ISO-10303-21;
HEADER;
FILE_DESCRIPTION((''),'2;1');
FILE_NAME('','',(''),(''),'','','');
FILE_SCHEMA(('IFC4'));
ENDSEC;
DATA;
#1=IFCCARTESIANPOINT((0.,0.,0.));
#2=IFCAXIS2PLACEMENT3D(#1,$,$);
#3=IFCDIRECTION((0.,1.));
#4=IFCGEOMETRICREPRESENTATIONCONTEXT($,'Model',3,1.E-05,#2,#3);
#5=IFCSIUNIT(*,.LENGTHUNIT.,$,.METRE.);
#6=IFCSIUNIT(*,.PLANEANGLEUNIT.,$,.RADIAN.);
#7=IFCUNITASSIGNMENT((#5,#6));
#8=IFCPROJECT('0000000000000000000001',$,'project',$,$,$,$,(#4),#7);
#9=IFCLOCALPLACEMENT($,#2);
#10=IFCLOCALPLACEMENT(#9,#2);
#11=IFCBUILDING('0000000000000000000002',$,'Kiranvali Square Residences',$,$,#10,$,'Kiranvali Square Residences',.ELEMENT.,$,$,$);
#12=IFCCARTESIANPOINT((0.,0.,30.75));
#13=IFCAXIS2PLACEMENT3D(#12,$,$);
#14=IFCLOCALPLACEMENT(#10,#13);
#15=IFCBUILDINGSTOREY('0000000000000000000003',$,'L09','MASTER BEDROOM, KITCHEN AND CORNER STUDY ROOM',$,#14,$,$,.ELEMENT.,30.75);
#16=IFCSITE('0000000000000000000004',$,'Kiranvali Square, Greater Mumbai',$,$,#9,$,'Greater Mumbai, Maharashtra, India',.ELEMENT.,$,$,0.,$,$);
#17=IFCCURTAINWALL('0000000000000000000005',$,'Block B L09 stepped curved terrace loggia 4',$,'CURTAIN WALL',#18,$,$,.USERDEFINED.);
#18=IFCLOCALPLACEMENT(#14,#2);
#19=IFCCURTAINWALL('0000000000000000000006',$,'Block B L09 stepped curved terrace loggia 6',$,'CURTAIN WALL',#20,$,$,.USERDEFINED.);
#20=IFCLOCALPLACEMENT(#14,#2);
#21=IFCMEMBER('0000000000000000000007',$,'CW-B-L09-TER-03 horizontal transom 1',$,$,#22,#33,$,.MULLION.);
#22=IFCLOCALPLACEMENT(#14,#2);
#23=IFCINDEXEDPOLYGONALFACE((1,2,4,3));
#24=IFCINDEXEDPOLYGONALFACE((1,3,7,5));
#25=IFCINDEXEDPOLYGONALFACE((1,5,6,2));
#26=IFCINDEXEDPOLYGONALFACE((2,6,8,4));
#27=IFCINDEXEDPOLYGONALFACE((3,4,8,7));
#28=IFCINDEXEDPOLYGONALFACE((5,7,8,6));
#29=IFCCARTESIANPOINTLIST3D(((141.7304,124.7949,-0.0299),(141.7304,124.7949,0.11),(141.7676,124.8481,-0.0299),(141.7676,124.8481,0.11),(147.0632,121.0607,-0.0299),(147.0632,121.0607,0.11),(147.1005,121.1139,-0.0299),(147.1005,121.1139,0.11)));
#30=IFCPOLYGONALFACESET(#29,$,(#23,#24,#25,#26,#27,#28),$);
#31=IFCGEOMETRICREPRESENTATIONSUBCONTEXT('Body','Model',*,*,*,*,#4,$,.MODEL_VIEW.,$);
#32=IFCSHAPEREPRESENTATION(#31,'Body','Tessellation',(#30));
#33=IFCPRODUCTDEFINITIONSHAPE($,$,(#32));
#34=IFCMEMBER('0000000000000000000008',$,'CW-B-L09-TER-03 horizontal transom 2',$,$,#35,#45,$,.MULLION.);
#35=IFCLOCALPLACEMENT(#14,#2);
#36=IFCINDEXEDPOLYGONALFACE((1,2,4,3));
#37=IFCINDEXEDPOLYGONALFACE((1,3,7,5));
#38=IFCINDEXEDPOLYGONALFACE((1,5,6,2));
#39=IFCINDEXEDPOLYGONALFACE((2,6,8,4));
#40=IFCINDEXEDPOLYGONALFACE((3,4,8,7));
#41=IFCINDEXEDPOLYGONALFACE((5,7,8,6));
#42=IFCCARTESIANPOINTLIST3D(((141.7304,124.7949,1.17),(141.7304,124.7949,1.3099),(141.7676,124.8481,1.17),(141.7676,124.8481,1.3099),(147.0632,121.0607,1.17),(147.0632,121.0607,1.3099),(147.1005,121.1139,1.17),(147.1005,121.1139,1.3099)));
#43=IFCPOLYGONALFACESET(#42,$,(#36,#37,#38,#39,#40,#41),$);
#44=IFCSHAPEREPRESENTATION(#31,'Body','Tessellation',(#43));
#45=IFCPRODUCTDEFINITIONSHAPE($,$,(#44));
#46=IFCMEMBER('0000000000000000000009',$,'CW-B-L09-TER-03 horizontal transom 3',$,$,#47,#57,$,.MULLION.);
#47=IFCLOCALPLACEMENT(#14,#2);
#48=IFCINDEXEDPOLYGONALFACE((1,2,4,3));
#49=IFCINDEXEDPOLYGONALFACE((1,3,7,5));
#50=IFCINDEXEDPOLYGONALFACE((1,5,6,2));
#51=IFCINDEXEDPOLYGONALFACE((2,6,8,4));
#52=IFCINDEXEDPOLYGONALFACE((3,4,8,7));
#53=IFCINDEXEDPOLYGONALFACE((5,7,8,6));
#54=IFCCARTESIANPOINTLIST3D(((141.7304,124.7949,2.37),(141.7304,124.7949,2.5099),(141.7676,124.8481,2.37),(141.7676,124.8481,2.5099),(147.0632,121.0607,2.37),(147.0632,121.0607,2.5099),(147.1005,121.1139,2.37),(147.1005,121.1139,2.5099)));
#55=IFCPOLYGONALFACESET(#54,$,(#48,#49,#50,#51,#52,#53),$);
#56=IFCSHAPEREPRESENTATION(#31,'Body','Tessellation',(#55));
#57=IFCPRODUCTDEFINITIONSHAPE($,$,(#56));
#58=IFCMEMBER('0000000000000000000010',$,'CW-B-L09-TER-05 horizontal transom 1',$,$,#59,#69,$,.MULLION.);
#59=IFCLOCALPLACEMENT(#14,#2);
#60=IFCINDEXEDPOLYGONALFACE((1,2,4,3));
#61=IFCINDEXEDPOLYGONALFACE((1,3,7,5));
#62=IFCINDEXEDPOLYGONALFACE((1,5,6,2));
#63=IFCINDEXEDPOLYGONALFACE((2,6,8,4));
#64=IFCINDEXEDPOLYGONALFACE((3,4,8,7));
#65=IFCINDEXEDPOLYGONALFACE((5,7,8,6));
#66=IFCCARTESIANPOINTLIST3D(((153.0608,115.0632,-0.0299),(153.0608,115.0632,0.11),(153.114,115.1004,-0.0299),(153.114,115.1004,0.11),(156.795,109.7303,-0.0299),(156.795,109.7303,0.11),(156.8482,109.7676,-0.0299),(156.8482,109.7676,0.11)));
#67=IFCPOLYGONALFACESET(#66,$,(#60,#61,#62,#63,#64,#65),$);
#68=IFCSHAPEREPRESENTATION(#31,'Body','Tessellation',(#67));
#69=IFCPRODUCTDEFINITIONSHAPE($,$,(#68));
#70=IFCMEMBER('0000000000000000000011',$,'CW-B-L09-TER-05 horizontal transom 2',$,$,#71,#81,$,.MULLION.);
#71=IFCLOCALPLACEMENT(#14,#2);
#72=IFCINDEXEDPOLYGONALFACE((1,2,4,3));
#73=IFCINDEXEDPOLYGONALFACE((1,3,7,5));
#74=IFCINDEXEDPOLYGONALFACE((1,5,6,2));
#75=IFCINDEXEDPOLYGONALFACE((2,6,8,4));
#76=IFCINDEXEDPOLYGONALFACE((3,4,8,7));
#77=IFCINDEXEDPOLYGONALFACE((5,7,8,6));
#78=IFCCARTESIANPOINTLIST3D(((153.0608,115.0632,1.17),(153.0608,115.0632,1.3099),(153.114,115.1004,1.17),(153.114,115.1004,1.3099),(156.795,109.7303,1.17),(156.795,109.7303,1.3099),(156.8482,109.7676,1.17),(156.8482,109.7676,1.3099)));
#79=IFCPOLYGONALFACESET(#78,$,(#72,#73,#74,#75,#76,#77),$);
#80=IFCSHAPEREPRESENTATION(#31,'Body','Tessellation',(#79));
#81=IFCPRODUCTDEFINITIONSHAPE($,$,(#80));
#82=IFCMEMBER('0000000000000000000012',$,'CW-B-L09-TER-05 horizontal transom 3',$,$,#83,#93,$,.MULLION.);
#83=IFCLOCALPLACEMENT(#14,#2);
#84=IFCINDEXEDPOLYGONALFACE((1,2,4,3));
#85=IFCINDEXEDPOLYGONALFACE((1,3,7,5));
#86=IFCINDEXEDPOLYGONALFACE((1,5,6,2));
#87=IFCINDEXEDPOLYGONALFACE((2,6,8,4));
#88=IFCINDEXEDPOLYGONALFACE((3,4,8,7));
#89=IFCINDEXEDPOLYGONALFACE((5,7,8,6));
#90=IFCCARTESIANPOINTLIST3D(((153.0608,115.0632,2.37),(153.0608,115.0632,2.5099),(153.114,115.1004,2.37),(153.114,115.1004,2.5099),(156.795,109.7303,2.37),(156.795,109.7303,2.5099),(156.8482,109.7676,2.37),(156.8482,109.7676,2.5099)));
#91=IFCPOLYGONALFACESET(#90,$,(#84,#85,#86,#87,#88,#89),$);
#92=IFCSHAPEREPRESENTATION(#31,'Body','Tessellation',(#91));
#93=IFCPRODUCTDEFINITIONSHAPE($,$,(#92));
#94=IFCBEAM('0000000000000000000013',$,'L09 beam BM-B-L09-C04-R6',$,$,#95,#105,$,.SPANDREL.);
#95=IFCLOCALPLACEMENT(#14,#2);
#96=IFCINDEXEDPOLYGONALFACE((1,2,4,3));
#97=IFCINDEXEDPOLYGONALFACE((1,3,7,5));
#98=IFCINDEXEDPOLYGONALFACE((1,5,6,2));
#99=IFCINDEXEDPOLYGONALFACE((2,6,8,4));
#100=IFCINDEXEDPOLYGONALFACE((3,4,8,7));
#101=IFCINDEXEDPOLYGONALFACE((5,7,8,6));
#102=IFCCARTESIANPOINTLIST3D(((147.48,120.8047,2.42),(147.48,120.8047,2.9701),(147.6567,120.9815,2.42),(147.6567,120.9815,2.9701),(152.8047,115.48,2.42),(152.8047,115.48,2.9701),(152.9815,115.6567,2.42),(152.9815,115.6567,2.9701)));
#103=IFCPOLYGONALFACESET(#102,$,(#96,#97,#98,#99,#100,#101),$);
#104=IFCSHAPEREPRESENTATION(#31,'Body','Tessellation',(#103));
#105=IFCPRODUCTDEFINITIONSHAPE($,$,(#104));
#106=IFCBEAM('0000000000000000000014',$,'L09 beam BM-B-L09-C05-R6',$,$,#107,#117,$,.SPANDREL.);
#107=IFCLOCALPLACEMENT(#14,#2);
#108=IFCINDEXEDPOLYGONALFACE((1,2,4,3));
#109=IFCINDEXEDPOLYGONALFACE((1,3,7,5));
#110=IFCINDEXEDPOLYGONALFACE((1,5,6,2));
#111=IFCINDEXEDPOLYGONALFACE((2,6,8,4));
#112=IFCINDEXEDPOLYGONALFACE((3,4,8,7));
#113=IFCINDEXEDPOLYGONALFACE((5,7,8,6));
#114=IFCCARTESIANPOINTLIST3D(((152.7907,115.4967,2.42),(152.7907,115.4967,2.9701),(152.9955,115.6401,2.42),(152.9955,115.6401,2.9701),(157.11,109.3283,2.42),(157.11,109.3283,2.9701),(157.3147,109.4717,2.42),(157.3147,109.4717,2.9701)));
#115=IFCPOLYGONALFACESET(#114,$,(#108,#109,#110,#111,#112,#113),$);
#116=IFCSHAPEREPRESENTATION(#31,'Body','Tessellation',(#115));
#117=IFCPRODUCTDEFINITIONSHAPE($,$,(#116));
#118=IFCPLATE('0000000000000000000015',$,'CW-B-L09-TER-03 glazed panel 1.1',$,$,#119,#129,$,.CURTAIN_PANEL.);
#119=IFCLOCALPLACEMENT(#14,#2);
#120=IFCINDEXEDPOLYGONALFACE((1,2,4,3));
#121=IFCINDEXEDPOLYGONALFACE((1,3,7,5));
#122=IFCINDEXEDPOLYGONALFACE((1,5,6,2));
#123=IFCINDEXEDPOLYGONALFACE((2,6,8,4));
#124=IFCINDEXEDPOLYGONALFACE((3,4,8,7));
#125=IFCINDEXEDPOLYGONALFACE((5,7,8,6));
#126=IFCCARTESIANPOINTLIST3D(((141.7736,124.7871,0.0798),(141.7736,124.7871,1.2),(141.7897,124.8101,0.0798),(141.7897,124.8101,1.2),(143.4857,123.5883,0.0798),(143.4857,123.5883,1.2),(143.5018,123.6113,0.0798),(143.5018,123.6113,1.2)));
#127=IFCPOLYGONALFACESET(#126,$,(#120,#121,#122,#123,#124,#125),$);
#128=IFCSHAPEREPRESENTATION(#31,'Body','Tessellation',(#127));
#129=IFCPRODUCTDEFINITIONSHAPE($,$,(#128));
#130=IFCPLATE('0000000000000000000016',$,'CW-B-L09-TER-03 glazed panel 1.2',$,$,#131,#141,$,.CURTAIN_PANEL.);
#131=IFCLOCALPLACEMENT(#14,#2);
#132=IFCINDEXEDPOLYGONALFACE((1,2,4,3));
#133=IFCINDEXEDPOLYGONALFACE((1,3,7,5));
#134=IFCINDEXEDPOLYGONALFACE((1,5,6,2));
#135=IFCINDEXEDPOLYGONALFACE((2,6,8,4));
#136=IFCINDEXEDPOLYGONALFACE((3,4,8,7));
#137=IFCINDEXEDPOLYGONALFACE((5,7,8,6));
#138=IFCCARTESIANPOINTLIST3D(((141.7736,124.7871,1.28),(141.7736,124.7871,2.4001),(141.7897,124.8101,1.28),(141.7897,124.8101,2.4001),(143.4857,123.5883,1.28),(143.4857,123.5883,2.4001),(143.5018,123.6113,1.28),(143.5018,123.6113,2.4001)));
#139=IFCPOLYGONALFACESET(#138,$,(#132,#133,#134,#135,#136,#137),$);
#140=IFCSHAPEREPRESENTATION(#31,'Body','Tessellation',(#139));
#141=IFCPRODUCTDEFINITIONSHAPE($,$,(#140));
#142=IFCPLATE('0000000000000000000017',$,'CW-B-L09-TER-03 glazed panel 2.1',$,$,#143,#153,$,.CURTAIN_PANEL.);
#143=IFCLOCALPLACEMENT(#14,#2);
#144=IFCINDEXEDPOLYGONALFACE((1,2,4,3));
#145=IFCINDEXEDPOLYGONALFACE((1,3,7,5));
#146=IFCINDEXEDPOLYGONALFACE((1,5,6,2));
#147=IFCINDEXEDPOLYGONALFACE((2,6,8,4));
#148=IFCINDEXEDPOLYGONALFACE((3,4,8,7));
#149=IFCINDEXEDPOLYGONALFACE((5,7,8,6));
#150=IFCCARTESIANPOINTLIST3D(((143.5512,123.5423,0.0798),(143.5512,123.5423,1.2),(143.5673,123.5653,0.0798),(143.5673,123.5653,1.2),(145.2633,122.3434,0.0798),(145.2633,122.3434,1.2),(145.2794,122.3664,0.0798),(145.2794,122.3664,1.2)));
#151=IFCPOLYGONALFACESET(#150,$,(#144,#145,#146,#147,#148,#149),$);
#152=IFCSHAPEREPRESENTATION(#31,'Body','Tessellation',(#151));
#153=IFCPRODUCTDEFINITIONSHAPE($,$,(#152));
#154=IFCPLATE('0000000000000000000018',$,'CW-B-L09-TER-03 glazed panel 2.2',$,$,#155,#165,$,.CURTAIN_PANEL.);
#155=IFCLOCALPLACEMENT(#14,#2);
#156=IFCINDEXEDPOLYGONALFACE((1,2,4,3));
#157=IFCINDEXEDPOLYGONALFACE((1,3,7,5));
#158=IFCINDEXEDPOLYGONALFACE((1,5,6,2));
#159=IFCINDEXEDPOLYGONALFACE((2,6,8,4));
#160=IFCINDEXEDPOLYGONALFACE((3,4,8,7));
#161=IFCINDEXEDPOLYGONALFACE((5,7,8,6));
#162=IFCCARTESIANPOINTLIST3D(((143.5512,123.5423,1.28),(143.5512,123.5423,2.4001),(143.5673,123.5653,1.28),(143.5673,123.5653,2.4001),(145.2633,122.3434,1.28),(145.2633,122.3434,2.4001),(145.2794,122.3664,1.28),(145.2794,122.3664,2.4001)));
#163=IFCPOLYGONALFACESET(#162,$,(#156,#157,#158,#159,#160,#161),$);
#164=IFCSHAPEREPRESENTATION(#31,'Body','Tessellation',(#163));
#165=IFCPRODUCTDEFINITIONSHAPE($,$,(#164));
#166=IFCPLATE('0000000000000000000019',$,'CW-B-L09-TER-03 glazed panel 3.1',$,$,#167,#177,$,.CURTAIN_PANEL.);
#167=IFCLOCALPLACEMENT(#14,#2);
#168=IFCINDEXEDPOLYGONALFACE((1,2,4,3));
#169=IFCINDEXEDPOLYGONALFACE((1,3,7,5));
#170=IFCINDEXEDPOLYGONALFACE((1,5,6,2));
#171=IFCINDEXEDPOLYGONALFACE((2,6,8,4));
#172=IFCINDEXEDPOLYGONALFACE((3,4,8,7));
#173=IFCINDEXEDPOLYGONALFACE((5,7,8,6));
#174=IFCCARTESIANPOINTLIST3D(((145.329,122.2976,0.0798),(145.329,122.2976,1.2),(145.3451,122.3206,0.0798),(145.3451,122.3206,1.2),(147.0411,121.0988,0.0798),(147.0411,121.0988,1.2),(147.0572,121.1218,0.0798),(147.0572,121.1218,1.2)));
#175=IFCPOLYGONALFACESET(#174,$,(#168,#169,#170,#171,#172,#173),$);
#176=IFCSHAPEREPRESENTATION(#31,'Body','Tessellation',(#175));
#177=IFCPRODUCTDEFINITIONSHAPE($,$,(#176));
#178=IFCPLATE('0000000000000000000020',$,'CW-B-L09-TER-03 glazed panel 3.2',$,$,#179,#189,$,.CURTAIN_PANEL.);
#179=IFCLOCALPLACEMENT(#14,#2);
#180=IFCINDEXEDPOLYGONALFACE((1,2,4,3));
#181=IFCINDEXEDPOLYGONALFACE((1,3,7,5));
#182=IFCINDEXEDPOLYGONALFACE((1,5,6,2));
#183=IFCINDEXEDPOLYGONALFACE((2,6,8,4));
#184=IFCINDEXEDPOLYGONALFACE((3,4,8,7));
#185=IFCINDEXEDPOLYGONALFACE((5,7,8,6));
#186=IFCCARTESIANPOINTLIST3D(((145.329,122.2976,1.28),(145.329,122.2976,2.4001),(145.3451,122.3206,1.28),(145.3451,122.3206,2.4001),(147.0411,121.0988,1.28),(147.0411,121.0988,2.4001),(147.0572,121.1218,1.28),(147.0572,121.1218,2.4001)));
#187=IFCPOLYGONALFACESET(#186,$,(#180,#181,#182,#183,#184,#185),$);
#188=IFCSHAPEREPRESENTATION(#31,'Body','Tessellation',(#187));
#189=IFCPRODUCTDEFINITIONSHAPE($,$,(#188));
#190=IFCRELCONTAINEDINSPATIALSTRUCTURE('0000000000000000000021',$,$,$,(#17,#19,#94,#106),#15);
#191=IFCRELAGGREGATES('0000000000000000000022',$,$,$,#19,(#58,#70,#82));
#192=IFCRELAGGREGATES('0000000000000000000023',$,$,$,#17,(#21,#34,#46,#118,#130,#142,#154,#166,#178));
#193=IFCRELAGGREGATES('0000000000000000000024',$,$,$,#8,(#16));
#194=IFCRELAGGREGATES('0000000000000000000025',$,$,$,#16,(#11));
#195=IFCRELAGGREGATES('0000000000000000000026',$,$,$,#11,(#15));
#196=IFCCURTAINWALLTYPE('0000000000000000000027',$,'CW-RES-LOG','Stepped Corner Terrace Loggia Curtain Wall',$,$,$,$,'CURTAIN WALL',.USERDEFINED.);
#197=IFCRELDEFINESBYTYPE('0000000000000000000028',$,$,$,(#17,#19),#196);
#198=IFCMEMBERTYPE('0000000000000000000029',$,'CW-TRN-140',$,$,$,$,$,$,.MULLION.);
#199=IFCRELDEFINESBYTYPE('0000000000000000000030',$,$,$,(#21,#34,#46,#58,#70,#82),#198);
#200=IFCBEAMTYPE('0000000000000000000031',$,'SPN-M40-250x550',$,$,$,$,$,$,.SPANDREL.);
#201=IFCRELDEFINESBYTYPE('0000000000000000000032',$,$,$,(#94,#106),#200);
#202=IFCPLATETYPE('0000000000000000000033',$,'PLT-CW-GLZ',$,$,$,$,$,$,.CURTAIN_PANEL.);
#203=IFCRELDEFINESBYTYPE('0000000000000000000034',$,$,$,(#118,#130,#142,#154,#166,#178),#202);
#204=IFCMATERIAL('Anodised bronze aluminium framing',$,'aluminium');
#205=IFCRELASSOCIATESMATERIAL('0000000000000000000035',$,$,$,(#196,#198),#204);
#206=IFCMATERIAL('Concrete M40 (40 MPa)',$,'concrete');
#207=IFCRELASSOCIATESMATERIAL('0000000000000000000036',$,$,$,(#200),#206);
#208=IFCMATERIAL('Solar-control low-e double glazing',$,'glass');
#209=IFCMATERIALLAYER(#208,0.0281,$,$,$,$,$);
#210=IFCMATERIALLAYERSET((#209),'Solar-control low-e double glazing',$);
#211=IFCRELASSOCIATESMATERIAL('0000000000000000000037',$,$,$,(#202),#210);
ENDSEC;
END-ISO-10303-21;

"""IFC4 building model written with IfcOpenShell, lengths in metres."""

from ifc_helpers import new_model, si_unit, direction, frame, origin, origin_2d, place, context, subcontext, project, spatial, rectangle, extrude, material, layer, layer_set, material_profile, profile_set, type_object, element, aggregate, save


model = new_model("IFC4")

# Units and contexts
model_context = context("Model", 3, precision=1e-05, world=origin(), true_north=direction((0.0, 1.0)))
body_context = subcontext(model_context, "Body", "Model", "MODEL_VIEW")
ifc_project = project(units=[si_unit("LENGTHUNIT", "METRE"), si_unit("PLANEANGLEUNIT", "RADIAN")], contexts=[model_context])

# Site, building, storey
site_placement = place(None, origin())
site = spatial("IfcSite", under=ifc_project, at=site_placement, Name="Kiranvali Square, Greater Mumbai", LongName="Greater Mumbai, Maharashtra, India", CompositionType="ELEMENT", RefElevation=0.0)
building_placement = place(site_placement, origin())
building = spatial("IfcBuilding", under=site, at=building_placement, Name="Kiranvali Square Residences", LongName="Kiranvali Square Residences", CompositionType="ELEMENT")
storey_placement = place(building_placement, frame((0.0, 0.0, 30.75)))
storey = spatial("IfcBuildingStorey", under=building, at=storey_placement, Name="L09", Description="MASTER BEDROOM, KITCHEN AND CORNER STUDY ROOM", CompositionType="ELEMENT", Elevation=30.75)

# Shared definitions
ifc_material_1 = material(Name="Concrete M40 (40 MPa)", Category="concrete")

# Curtain wall
ifc_material_2 = material(Name="Anodised bronze aluminium framing", Category="aluminium")
curtain_wall_type = type_object("IfcCurtainWallType", Name="CW-RES-LOG", Description="Stepped Corner Terrace Loggia Curtain Wall", ElementType="CURTAIN WALL", PredefinedType="USERDEFINED", material=ifc_material_2)
curtain_wall_1_placement = place(storey_placement, origin())
curtain_wall_1 = element("IfcCurtainWall", 1, at=curtain_wall_1_placement, inside=storey, type_object=curtain_wall_type, Name="Block B L09 stepped curved terrace loggia 4", ObjectType="CURTAIN WALL", PredefinedType="USERDEFINED")

# Curtain wall
curtain_wall_2_placement = place(storey_placement, origin())
curtain_wall_2 = element("IfcCurtainWall", 2, at=curtain_wall_2_placement, inside=storey, type_object=curtain_wall_type, Name="Block B L09 stepped curved terrace loggia 6", ObjectType="CURTAIN WALL", PredefinedType="USERDEFINED")

# Members
ifc_material_profile_1 = material_profile(ifc_material_2, rectangle(XDim=0.0649, YDim=0.1399, at=origin_2d()), Name="ALU 65x140")
ifc_profile_set_1 = profile_set([ifc_material_profile_1], Name="Anodised bronze aluminium framing")
member_type_1 = type_object("IfcMemberType", Name="CW-TRN-140", PredefinedType="MULLION", material=ifc_profile_set_1)
member_1_placement = place(storey_placement, frame((141.749, 124.8215, 0.04), z_axis=(0.819146, -0.573586, 0.0), x_axis=(0.573586, 0.819146, 0.0)))
member_1 = element("IfcMember", 3, at=member_1_placement, type_object=member_type_1, Name="CW-B-L09-TER-03 horizontal transom 1", PredefinedType="MULLION", context=body_context, shape_type="SweptSolid", body=[
    extrude(rectangle(XDim=0.0649, YDim=0.1399, at=origin_2d()), origin(), (0.0, 0.0, 1.0), 6.5103),
])
member_2_placement = place(storey_placement, frame((141.749, 124.8215, 1.24), z_axis=(0.819146, -0.573586, 0.0), x_axis=(0.573586, 0.819146, 0.0)))
member_2 = element("IfcMember", 4, at=member_2_placement, type_object=member_type_1, Name="CW-B-L09-TER-03 horizontal transom 2", PredefinedType="MULLION", context=body_context, shape_type="SweptSolid", body=[
    extrude(rectangle(XDim=0.0649, YDim=0.1399, at=origin_2d()), origin(), (0.0, 0.0, 1.0), 6.5103),
])
member_3_placement = place(storey_placement, frame((141.749, 124.8215, 2.4399), z_axis=(0.819146, -0.573586, 0.0), x_axis=(0.573586, 0.819146, 0.0)))
member_3 = element("IfcMember", 5, at=member_3_placement, type_object=member_type_1, Name="CW-B-L09-TER-03 horizontal transom 3", PredefinedType="MULLION", context=body_context, shape_type="SweptSolid", body=[
    extrude(rectangle(XDim=0.0649, YDim=0.1399, at=origin_2d()), origin(), (0.0, 0.0, 1.0), 6.5103),
])
member_4_placement = place(storey_placement, frame((153.0874, 115.0818, 0.04), z_axis=(0.573586, -0.819146, 0.0), x_axis=(0.819146, 0.573586, 0.0)))
member_4 = element("IfcMember", 6, at=member_4_placement, type_object=member_type_1, Name="CW-B-L09-TER-05 horizontal transom 1", PredefinedType="MULLION", context=body_context, shape_type="SweptSolid", body=[
    extrude(rectangle(XDim=0.0649, YDim=0.1399, at=origin_2d()), origin(), (0.0, 0.0, 1.0), 6.5103),
])
member_5_placement = place(storey_placement, frame((153.0874, 115.0818, 1.24), z_axis=(0.573586, -0.819146, 0.0), x_axis=(0.819146, 0.573586, 0.0)))
member_5 = element("IfcMember", 7, at=member_5_placement, type_object=member_type_1, Name="CW-B-L09-TER-05 horizontal transom 2", PredefinedType="MULLION", context=body_context, shape_type="SweptSolid", body=[
    extrude(rectangle(XDim=0.0649, YDim=0.1399, at=origin_2d()), origin(), (0.0, 0.0, 1.0), 6.5103),
])
member_6_placement = place(storey_placement, frame((153.0874, 115.0818, 2.4399), z_axis=(0.573586, -0.819146, 0.0), x_axis=(0.819146, 0.573586, 0.0)))
member_6 = element("IfcMember", 8, at=member_6_placement, type_object=member_type_1, Name="CW-B-L09-TER-05 horizontal transom 3", PredefinedType="MULLION", context=body_context, shape_type="SweptSolid", body=[
    extrude(rectangle(XDim=0.0649, YDim=0.1399, at=origin_2d()), origin(), (0.0, 0.0, 1.0), 6.5103),
])
aggregate(curtain_wall_2, [member_4, member_5, member_6])

# Beams
ifc_material_profile_2 = material_profile(ifc_material_1, rectangle(XDim=0.25, YDim=0.55, at=origin_2d()), Name="RC 250x550")
ifc_profile_set_2 = profile_set([ifc_material_profile_2], Name="Concrete M40 (40 MPa)")
beam_type_1 = type_object("IfcBeamType", Name="SPN-M40-250x550", PredefinedType="SPANDREL", material=ifc_profile_set_2)
for number, where, z_axis, x_axis, name in (
    (9, (147.5684, 120.8931, 2.6951), (0.707107, -0.707107, 0.0), (0.707107, 0.707107, 0.0), "L09 beam BM-B-L09-C04-R6"),
    (10, (152.8931, 115.5684, 2.6951), (0.573589, -0.819144, 0.0), (0.819144, 0.573589, 0.0), "L09 beam BM-B-L09-C05-R6"),
):
    element("IfcBeam", number, at=place(storey_placement, frame(where, z_axis=z_axis, x_axis=x_axis)), inside=storey, type_object=beam_type_1, Name=name, PredefinedType="SPANDREL", context=body_context, shape_type="SweptSolid", body=[
        extrude(rectangle(XDim=0.25, YDim=0.55, at=origin_2d()), origin(), (0.0, 0.0, 1.0), 7.5303),
    ])

# Plates
ifc_material_3 = material(Name="Solar-control low-e double glazing", Category="glass")
ifc_layer_1 = layer(ifc_material_3, 0.0281)
ifc_layer_set_1 = layer_set([ifc_layer_1], Name="Solar-control low-e double glazing")
plate_type = type_object("IfcPlateType", Name="PLT-CW-GLZ", PredefinedType="CURTAIN_PANEL", material=ifc_layer_set_1)
plate_1_placement = place(storey_placement, frame((142.6377, 124.1992, 0.0798), z_axis=(0.0, 0.0, 1.0), x_axis=(0.819152, -0.573576, 0.0)))
plate_1 = element("IfcPlate", 11, at=plate_1_placement, type_object=plate_type, Name="CW-B-L09-TER-03 glazed panel 1.1", PredefinedType="CURTAIN_PANEL", context=body_context, shape_type="SweptSolid", body=[
    extrude(rectangle(XDim=2.0901, YDim=0.0281, at=origin_2d()), origin(), (0.0, 0.0, 1.0), 1.1201),
])
plate_2_placement = place(storey_placement, frame((142.6377, 124.1992, 1.28), z_axis=(0.0, 0.0, 1.0), x_axis=(0.819152, -0.573576, 0.0)))
plate_2 = element("IfcPlate", 12, at=plate_2_placement, type_object=plate_type, Name="CW-B-L09-TER-03 glazed panel 1.2", PredefinedType="CURTAIN_PANEL", context=body_context, shape_type="SweptSolid", body=[
    extrude(rectangle(XDim=2.0901, YDim=0.0281, at=origin_2d()), origin(), (0.0, 0.0, 1.0), 1.1201),
])
plate_3_placement = place(storey_placement, frame((144.4153, 122.9543, 0.0798), z_axis=(0.0, 0.0, 1.0), x_axis=(0.819152, -0.573576, 0.0)))
plate_3 = element("IfcPlate", 13, at=plate_3_placement, type_object=plate_type, Name="CW-B-L09-TER-03 glazed panel 2.1", PredefinedType="CURTAIN_PANEL", context=body_context, shape_type="SweptSolid", body=[
    extrude(rectangle(XDim=2.0901, YDim=0.0281, at=origin_2d()), origin(), (0.0, 0.0, 1.0), 1.1201),
])
plate_4_placement = place(storey_placement, frame((144.4153, 122.9543, 1.28), z_axis=(0.0, 0.0, 1.0), x_axis=(0.819152, -0.573576, 0.0)))
plate_4 = element("IfcPlate", 14, at=plate_4_placement, type_object=plate_type, Name="CW-B-L09-TER-03 glazed panel 2.2", PredefinedType="CURTAIN_PANEL", context=body_context, shape_type="SweptSolid", body=[
    extrude(rectangle(XDim=2.0901, YDim=0.0281, at=origin_2d()), origin(), (0.0, 0.0, 1.0), 1.1201),
])
plate_5_placement = place(storey_placement, frame((146.1931, 121.7097, 0.0798), z_axis=(0.0, 0.0, 1.0), x_axis=(0.819152, -0.573576, 0.0)))
plate_5 = element("IfcPlate", 15, at=plate_5_placement, type_object=plate_type, Name="CW-B-L09-TER-03 glazed panel 3.1", PredefinedType="CURTAIN_PANEL", context=body_context, shape_type="SweptSolid", body=[
    extrude(rectangle(XDim=2.0901, YDim=0.0281, at=origin_2d()), origin(), (0.0, 0.0, 1.0), 1.1201),
])
plate_6_placement = place(storey_placement, frame((146.1931, 121.7097, 1.28), z_axis=(0.0, 0.0, 1.0), x_axis=(0.819152, -0.573576, 0.0)))
plate_6 = element("IfcPlate", 16, at=plate_6_placement, type_object=plate_type, Name="CW-B-L09-TER-03 glazed panel 3.2", PredefinedType="CURTAIN_PANEL", context=body_context, shape_type="SweptSolid", body=[
    extrude(rectangle(XDim=2.0901, YDim=0.0281, at=origin_2d()), origin(), (0.0, 0.0, 1.0), 1.1201),
])
aggregate(curtain_wall_1, [member_1, member_2, member_3, plate_1, plate_2, plate_3, plate_4, plate_5, plate_6])

save(model, "model.ifc")
